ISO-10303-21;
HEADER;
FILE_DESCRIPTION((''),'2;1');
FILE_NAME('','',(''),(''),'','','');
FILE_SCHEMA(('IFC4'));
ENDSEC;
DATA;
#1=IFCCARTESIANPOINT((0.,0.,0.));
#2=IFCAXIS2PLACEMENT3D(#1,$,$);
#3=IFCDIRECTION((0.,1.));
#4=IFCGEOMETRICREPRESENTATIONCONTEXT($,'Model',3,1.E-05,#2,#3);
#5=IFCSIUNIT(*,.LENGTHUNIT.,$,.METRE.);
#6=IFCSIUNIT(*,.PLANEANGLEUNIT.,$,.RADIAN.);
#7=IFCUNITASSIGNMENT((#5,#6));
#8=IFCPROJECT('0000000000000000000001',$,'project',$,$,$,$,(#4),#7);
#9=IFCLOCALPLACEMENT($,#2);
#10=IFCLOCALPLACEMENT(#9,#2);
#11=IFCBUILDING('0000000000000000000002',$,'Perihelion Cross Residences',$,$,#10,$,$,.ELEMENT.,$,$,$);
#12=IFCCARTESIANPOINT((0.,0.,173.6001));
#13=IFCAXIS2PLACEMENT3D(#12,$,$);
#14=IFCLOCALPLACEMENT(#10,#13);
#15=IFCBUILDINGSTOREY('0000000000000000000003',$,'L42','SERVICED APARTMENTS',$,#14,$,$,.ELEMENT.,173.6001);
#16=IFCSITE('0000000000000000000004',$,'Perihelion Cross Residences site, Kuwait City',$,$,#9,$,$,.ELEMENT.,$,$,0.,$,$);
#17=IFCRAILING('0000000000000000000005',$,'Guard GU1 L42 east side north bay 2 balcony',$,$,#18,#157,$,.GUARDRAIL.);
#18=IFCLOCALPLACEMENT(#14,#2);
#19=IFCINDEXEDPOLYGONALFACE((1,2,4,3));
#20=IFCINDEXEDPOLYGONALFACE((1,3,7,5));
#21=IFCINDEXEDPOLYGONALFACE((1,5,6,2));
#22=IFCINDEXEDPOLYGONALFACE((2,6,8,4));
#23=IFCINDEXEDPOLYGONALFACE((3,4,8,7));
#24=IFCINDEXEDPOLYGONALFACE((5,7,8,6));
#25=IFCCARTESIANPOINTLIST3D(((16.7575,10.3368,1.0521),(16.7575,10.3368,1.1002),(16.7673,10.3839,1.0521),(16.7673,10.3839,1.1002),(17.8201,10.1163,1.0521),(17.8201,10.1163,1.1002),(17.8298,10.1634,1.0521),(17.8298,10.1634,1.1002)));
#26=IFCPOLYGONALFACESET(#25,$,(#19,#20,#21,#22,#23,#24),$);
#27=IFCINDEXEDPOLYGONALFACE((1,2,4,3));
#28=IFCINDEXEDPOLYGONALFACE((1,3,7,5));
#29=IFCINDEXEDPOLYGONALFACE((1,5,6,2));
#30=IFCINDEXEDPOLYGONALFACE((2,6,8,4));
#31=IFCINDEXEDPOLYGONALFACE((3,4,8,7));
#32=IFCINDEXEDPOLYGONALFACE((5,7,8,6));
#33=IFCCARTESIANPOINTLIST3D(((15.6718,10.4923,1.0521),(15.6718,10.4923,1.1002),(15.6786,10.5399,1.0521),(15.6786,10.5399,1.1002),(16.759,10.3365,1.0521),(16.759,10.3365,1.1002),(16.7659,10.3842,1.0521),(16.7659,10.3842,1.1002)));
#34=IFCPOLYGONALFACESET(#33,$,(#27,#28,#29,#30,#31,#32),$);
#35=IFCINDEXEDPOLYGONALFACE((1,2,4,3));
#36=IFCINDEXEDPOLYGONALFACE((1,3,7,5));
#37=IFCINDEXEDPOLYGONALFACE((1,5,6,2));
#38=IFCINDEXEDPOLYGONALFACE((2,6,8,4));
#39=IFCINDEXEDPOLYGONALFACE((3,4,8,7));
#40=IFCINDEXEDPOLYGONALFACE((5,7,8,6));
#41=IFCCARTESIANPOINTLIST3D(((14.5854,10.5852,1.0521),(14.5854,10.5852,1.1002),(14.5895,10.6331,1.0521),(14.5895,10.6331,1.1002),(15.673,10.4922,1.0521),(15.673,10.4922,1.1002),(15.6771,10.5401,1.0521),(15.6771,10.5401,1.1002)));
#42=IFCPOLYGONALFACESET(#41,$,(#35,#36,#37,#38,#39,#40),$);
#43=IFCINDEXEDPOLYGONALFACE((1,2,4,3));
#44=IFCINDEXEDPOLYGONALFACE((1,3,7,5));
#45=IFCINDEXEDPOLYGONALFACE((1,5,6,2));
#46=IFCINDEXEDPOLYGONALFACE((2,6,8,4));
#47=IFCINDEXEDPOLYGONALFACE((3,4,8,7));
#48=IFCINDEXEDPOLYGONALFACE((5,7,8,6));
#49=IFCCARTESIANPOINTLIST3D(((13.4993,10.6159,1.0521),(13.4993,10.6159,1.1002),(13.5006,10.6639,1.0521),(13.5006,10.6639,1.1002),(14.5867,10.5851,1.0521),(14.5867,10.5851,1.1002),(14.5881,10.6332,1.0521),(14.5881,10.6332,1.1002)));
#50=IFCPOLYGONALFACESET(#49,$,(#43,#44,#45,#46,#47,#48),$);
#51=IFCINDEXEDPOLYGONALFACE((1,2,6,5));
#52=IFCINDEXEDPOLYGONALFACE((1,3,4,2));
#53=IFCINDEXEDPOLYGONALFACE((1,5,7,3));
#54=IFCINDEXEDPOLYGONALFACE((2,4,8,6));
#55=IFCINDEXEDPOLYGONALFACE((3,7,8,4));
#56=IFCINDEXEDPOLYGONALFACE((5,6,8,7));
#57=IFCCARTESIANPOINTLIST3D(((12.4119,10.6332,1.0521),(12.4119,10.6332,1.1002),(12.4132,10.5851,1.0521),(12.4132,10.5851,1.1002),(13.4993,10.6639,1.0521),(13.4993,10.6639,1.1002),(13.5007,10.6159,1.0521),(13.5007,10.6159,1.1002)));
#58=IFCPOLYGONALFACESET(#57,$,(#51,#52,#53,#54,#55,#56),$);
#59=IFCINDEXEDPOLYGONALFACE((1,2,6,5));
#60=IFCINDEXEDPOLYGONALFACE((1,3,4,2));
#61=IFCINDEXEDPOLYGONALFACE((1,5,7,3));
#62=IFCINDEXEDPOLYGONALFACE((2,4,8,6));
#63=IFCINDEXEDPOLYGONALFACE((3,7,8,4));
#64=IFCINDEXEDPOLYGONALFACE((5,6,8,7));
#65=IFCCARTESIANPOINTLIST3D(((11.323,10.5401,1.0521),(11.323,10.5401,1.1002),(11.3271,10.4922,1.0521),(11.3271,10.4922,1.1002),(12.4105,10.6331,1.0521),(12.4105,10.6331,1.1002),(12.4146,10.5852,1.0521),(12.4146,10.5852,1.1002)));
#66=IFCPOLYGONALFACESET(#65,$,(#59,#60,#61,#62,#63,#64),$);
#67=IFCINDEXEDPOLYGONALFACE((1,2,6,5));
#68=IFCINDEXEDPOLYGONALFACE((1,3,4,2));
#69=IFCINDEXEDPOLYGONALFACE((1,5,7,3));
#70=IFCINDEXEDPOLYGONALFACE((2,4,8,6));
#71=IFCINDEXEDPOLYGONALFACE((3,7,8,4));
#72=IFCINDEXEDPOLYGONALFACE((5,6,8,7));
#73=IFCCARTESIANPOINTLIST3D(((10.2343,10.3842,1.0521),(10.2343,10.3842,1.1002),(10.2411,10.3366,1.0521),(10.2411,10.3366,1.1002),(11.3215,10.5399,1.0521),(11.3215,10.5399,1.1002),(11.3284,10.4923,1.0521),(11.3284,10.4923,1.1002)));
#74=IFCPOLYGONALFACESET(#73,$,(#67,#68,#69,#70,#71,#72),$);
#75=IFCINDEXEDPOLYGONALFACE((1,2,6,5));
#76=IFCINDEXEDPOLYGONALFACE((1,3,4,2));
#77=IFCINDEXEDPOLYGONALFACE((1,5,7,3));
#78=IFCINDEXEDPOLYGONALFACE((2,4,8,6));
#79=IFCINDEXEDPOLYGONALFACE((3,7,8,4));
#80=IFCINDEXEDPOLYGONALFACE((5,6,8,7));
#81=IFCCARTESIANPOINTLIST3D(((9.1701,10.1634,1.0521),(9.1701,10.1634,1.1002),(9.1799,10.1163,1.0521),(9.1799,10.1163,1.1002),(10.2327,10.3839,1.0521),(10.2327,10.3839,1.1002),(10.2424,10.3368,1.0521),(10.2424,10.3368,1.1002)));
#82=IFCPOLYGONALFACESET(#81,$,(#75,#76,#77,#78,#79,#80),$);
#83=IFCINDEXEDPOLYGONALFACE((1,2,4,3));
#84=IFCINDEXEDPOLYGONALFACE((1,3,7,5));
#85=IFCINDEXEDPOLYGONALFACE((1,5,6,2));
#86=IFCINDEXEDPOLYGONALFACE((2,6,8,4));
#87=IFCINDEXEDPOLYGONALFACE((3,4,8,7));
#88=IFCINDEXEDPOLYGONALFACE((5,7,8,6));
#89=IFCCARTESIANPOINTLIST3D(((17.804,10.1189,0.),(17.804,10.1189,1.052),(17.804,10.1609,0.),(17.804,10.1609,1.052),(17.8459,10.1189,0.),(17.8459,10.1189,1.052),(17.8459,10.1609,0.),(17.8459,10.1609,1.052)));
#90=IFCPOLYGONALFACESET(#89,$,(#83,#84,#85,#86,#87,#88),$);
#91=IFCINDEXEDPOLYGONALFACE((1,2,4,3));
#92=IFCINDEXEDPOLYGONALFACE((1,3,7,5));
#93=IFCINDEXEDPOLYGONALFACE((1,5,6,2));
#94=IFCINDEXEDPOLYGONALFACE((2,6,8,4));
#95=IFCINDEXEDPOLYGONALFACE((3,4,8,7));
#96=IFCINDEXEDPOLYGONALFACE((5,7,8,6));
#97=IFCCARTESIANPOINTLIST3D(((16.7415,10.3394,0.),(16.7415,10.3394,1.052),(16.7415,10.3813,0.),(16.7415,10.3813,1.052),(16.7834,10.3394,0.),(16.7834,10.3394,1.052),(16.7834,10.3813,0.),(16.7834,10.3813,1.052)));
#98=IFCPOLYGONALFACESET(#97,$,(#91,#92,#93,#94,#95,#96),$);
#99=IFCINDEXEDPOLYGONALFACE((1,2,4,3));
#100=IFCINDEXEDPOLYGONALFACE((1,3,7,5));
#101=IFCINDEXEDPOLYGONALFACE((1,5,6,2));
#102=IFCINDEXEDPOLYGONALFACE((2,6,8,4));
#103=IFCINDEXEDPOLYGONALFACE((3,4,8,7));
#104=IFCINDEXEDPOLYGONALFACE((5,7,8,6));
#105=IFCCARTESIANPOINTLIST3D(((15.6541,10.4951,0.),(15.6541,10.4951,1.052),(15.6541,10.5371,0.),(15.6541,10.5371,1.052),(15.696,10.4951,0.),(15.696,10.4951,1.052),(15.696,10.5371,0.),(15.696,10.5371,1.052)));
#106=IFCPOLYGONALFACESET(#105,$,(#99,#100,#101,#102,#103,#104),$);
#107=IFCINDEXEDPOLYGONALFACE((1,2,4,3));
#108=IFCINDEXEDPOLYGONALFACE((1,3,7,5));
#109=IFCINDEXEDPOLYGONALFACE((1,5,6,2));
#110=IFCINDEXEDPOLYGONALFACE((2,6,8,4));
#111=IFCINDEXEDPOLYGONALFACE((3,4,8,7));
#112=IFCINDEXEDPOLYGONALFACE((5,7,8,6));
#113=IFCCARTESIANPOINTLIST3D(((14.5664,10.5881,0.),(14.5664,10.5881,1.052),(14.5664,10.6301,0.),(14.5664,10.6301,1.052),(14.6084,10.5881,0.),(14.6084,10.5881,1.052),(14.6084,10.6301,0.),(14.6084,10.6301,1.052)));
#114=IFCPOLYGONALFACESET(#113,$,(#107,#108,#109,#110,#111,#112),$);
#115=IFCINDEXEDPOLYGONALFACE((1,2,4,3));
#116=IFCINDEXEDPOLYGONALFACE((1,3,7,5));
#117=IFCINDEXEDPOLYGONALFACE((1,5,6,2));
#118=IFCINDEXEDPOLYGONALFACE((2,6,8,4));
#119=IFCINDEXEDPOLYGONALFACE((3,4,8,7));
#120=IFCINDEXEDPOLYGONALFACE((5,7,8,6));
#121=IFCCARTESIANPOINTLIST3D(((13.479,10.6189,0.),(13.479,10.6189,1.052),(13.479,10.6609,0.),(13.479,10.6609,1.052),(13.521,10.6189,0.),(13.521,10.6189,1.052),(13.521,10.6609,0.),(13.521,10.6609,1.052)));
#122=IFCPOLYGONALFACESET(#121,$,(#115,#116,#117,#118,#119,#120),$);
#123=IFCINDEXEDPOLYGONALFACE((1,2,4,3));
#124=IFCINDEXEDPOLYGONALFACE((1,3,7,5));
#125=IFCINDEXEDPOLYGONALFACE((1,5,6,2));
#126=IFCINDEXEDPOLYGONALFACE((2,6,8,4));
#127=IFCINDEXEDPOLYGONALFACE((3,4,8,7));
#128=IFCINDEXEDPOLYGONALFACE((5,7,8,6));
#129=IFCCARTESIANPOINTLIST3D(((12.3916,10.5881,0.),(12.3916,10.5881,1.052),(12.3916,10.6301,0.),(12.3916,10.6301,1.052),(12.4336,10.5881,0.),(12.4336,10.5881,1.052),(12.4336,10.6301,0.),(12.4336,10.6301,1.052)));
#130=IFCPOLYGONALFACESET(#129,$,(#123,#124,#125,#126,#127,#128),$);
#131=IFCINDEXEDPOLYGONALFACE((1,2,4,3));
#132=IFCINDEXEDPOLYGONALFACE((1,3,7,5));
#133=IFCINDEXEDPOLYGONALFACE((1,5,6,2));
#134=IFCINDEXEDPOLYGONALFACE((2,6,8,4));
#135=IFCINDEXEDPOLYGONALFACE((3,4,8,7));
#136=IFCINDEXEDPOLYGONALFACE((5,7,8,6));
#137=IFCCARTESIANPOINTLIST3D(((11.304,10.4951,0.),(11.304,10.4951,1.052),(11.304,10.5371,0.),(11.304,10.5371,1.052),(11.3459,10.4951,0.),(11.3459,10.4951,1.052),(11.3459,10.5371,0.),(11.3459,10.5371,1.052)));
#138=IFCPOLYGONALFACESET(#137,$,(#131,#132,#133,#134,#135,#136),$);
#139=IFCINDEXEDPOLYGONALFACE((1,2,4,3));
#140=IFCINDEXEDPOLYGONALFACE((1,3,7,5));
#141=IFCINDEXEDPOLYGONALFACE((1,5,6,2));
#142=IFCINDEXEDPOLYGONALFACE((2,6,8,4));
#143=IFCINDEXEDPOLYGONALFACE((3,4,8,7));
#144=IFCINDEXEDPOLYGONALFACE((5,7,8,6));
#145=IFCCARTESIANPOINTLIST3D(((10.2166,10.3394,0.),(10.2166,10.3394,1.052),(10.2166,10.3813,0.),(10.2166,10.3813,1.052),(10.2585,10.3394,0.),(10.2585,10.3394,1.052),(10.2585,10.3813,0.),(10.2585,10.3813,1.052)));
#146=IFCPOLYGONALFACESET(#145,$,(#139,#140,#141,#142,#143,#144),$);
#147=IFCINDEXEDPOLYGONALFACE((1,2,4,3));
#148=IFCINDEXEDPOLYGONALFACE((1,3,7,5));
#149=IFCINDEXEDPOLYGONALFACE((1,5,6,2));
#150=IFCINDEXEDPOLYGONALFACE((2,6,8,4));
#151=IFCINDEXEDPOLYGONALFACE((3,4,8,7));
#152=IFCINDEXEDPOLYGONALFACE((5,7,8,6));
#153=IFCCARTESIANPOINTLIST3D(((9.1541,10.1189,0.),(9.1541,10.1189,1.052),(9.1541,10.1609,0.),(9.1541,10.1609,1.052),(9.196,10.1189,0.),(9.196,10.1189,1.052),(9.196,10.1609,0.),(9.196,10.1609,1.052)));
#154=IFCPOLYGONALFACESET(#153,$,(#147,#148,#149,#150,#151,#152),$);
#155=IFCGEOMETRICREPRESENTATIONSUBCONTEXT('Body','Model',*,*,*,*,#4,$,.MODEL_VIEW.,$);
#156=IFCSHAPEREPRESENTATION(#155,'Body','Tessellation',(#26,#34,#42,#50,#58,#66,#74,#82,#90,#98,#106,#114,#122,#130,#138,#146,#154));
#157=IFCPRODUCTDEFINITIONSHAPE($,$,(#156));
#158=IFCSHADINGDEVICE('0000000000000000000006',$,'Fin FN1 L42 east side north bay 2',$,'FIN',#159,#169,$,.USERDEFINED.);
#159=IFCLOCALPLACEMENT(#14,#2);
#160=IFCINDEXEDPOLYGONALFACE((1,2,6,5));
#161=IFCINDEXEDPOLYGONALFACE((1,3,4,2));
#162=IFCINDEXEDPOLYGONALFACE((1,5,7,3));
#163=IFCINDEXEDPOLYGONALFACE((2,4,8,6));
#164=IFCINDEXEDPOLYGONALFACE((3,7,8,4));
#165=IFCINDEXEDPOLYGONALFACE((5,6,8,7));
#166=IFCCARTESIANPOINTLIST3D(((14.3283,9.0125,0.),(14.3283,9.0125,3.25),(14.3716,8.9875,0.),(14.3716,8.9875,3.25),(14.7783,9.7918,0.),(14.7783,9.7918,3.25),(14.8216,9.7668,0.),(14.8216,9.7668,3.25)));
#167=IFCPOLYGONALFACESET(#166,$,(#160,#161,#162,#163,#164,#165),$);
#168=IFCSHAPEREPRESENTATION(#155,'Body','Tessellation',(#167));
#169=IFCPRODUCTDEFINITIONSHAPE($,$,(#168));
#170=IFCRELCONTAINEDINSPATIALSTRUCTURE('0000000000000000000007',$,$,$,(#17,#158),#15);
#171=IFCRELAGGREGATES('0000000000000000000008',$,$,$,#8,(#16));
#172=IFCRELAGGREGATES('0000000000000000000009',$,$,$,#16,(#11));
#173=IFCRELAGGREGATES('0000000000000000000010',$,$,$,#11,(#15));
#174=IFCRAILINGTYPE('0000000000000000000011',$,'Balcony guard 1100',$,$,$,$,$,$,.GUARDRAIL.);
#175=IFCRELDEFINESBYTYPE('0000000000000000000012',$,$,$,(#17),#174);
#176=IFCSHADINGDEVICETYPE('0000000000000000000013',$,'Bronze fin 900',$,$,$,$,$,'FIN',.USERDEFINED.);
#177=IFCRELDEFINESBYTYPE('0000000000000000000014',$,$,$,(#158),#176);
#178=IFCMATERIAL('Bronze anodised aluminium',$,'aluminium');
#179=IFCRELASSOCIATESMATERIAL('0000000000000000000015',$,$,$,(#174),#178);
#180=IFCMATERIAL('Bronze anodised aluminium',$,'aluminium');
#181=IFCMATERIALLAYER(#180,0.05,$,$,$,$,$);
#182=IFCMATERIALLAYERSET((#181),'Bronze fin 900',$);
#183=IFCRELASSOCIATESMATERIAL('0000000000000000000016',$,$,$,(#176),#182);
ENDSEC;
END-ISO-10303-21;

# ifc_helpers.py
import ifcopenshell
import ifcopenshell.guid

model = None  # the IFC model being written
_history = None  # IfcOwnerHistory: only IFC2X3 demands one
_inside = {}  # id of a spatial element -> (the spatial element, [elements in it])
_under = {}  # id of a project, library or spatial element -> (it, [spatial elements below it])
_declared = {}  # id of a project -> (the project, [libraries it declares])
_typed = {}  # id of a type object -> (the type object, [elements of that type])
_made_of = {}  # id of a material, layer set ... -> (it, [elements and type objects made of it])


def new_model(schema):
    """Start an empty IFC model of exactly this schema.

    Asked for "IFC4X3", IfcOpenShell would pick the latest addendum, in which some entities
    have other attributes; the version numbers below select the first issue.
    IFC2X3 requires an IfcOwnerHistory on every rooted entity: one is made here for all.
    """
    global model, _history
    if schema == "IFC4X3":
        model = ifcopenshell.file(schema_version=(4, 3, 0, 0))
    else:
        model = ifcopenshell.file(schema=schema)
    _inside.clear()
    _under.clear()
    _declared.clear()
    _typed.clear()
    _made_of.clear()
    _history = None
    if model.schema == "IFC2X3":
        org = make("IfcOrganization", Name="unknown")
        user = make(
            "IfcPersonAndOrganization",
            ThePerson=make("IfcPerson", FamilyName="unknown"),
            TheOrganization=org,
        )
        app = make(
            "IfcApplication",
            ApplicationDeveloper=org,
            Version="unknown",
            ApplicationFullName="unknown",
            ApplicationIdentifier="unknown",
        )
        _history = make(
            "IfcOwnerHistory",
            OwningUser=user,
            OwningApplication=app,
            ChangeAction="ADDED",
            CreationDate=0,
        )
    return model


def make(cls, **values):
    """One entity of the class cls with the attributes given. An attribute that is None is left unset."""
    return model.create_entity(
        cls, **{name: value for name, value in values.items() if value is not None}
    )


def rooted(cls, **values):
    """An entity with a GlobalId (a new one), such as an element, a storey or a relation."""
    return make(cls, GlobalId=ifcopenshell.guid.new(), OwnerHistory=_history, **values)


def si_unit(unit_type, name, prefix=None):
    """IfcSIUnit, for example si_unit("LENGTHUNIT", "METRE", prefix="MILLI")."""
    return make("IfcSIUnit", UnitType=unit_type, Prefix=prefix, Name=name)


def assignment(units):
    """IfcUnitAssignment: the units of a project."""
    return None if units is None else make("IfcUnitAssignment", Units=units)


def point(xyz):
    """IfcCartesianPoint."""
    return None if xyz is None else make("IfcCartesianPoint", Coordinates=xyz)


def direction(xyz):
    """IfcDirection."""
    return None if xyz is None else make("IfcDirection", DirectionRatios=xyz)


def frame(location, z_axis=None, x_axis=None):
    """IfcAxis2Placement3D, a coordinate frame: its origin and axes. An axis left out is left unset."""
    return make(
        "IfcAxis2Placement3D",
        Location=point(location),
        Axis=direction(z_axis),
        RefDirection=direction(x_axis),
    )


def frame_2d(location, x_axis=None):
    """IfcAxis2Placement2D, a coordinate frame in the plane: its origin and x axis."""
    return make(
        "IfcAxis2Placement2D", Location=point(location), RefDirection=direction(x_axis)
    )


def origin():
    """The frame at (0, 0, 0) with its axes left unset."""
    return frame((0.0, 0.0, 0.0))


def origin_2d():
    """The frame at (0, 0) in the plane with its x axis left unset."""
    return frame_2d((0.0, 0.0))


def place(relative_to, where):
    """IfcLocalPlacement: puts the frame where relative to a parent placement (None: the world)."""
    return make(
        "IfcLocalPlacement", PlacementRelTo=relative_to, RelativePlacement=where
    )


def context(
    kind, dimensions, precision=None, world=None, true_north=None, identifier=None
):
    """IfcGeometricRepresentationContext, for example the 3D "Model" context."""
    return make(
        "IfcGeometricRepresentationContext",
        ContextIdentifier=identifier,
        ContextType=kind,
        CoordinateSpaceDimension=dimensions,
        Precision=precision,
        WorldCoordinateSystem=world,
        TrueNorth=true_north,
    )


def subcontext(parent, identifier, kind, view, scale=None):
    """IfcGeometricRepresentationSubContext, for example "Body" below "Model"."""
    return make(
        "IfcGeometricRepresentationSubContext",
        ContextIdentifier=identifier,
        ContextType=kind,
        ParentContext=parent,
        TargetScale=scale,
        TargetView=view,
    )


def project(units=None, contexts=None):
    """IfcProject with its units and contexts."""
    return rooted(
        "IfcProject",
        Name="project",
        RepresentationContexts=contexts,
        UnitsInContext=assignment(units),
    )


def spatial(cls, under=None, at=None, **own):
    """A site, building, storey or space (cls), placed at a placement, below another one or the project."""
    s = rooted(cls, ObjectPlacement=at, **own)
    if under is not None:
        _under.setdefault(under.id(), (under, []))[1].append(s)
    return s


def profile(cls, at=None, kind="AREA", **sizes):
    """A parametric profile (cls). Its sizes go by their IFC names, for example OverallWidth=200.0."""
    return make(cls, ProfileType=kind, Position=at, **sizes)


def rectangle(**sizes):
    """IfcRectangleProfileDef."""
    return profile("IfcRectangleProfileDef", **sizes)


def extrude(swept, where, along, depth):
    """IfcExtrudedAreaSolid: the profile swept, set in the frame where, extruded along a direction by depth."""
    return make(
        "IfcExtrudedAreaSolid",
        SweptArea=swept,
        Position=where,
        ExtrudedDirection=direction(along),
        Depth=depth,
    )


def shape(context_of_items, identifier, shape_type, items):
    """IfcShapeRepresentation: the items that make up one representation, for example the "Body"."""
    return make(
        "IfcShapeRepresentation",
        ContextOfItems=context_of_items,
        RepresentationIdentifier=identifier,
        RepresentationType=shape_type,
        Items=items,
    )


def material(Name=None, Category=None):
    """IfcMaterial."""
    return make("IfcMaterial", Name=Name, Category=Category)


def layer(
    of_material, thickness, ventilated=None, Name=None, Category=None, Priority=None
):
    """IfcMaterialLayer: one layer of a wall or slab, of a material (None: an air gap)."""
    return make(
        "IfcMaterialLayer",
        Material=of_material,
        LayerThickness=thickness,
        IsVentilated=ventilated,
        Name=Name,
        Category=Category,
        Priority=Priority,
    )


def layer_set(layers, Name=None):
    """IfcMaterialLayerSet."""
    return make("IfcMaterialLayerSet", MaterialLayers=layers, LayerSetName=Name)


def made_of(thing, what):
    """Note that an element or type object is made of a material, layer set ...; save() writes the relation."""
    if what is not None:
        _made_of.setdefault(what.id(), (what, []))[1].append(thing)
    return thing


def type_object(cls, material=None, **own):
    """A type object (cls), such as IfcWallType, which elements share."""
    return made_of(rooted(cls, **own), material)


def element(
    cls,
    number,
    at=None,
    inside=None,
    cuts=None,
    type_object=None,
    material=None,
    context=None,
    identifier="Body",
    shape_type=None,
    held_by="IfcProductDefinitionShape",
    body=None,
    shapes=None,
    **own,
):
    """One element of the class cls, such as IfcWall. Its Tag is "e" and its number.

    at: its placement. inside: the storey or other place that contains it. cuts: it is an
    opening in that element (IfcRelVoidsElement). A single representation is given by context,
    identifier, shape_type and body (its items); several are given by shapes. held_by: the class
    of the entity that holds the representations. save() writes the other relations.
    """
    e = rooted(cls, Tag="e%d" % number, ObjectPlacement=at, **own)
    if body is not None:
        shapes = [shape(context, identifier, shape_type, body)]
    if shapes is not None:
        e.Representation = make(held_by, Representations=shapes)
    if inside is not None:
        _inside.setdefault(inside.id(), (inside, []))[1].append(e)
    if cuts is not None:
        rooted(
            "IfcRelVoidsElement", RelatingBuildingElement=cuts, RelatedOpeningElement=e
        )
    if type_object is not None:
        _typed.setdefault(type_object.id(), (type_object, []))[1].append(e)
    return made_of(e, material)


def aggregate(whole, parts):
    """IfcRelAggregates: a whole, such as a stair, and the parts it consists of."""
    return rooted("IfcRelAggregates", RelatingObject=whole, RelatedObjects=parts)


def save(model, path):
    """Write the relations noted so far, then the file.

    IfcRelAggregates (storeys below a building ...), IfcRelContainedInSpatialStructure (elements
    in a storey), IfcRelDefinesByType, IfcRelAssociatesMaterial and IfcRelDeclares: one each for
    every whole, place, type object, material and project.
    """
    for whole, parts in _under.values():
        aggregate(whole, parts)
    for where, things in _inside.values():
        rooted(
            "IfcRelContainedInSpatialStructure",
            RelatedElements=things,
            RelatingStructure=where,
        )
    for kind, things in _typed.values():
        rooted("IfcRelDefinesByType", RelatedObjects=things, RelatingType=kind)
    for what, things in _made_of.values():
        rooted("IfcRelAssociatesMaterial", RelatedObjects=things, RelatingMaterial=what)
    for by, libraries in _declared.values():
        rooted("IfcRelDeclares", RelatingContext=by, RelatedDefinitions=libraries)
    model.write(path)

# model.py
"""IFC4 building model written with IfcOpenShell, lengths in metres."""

from ifc_helpers import new_model, si_unit, direction, frame, origin, origin_2d, place, context, subcontext, project, spatial, rectangle, extrude, material, layer, layer_set, type_object, element, save


model = new_model("IFC4")

# Units and contexts
model_context = context("Model", 3, precision=1e-05, world=origin(), true_north=direction((0.0, 1.0)))
body_context = subcontext(model_context, "Body", "Model", "MODEL_VIEW")
ifc_project = project(units=[si_unit("LENGTHUNIT", "METRE"), si_unit("PLANEANGLEUNIT", "RADIAN")], contexts=[model_context])

# Site, building, storey
site_placement = place(None, origin())
site = spatial("IfcSite", under=ifc_project, at=site_placement, Name="Perihelion Cross Residences site, Kuwait City", CompositionType="ELEMENT", RefElevation=0.0)
building_placement = place(site_placement, origin())
building = spatial("IfcBuilding", under=site, at=building_placement, Name="Perihelion Cross Residences", CompositionType="ELEMENT")
storey_placement = place(building_placement, frame((0.0, 0.0, 173.6001)))
storey = spatial("IfcBuildingStorey", under=building, at=storey_placement, Name="L42", Description="SERVICED APARTMENTS", CompositionType="ELEMENT", Elevation=173.6001)

# Railing
ifc_material_1 = material(Name="Bronze anodised aluminium", Category="aluminium")
railing_type = type_object("IfcRailingType", Name="Balcony guard 1100", PredefinedType="GUARDRAIL", material=ifc_material_1)
railing_placement = place(storey_placement, frame((17.825, 10.1399, 0.0)))
element("IfcRailing", 1, at=railing_placement, inside=storey, type_object=railing_type, Name="Guard GU1 L42 east side north bay 2 balcony", PredefinedType="GUARDRAIL", context=body_context, shape_type="SweptSolid", body=[
    extrude(rectangle(XDim=0.0481, YDim=0.0481, at=origin_2d()), frame((0.0, 0.0, 1.0762), z_axis=(-0.979145, 0.203164, 0.0), x_axis=(-0.203164, -0.979145, 0.0)), (0.0, 0.0, 1.0), 1.0852),
    extrude(rectangle(XDim=0.0481, YDim=0.0481, at=origin_2d()), frame((-1.0625, 0.2205, 1.0762), z_axis=(-0.989896, 0.141795, 0.0), x_axis=(-0.141795, -0.989896, 0.0)), (0.0, 0.0, 1.0), 1.0984),
    extrude(rectangle(XDim=0.0481, YDim=0.0481, at=origin_2d()), frame((-2.1499, 0.3762, 1.0762), z_axis=(-0.996363, 0.085211, 0.0), x_axis=(-0.085211, -0.996363, 0.0)), (0.0, 0.0, 1.0), 1.0916),
    extrude(rectangle(XDim=0.0481, YDim=0.0481, at=origin_2d()), frame((-3.2375, 0.4692, 1.0762), z_axis=(-0.9996, 0.028278, 0.0), x_axis=(-0.028278, -0.9996, 0.0)), (0.0, 0.0, 1.0), 1.0879),
    extrude(rectangle(XDim=0.0481, YDim=0.0481, at=origin_2d()), frame((-4.325, 0.5, 1.0762), z_axis=(-0.9996, -0.028278, 0.0), x_axis=(0.028278, -0.9996, 0.0)), (0.0, 0.0, 1.0), 1.0879),
    extrude(rectangle(XDim=0.0481, YDim=0.0481, at=origin_2d()), frame((-5.4124, 0.4692, 1.0762), z_axis=(-0.996363, -0.085211, 0.0), x_axis=(0.085211, -0.996363, 0.0)), (0.0, 0.0, 1.0), 1.0916),
    extrude(rectangle(XDim=0.0481, YDim=0.0481, at=origin_2d()), frame((-6.5, 0.3762, 1.0762), z_axis=(-0.989896, -0.141795, 0.0), x_axis=(0.141795, -0.989896, 0.0)), (0.0, 0.0, 1.0), 1.0984),
    extrude(rectangle(XDim=0.0481, YDim=0.0481, at=origin_2d()), frame((-7.5874, 0.2205, 1.0762), z_axis=(-0.979145, -0.203164, 0.0), x_axis=(0.203164, -0.979145, 0.0)), (0.0, 0.0, 1.0), 1.0852),
    extrude(rectangle(XDim=0.042, YDim=0.042, at=origin_2d()), origin(), (0.0, 0.0, 1.0), 1.052),
    extrude(rectangle(XDim=0.042, YDim=0.042, at=origin_2d()), frame((-1.0625, 0.2205, 0.0)), (0.0, 0.0, 1.0), 1.052),
    extrude(rectangle(XDim=0.042, YDim=0.042, at=origin_2d()), frame((-2.1499, 0.3762, 0.0)), (0.0, 0.0, 1.0), 1.052),
    extrude(rectangle(XDim=0.042, YDim=0.042, at=origin_2d()), frame((-3.2375, 0.4692, 0.0)), (0.0, 0.0, 1.0), 1.052),
    extrude(rectangle(XDim=0.042, YDim=0.042, at=origin_2d()), frame((-4.325, 0.5, 0.0)), (0.0, 0.0, 1.0), 1.052),
    extrude(rectangle(XDim=0.042, YDim=0.042, at=origin_2d()), frame((-5.4124, 0.4692, 0.0)), (0.0, 0.0, 1.0), 1.052),
    extrude(rectangle(XDim=0.042, YDim=0.042, at=origin_2d()), frame((-6.5, 0.3762, 0.0)), (0.0, 0.0, 1.0), 1.052),
    extrude(rectangle(XDim=0.042, YDim=0.042, at=origin_2d()), frame((-7.5874, 0.2205, 0.0)), (0.0, 0.0, 1.0), 1.052),
    extrude(rectangle(XDim=0.042, YDim=0.042, at=origin_2d()), frame((-8.6499, 0.0, 0.0)), (0.0, 0.0, 1.0), 1.052),
])

# Shading device
ifc_material_2 = material(Name="Bronze anodised aluminium", Category="aluminium")
ifc_layer_1 = layer(ifc_material_2, 0.05)
ifc_layer_set_1 = layer_set([ifc_layer_1], Name="Bronze fin 900")
shading_device_type = type_object("IfcShadingDeviceType", Name="Bronze fin 900", ElementType="FIN", PredefinedType="USERDEFINED", material=ifc_layer_set_1)
shading_device_placement = place(storey_placement, frame((14.575, 9.3896, 0.0), z_axis=(0.0, 0.0, 1.0), x_axis=(0.5, 0.866025, 0.0)))
element("IfcShadingDevice", 2, at=shading_device_placement, inside=storey, type_object=shading_device_type, Name="Fin FN1 L42 east side north bay 2", ObjectType="FIN", PredefinedType="USERDEFINED", context=body_context, shape_type="SweptSolid", body=[
    extrude(rectangle(XDim=0.8999, YDim=0.05, at=origin_2d()), origin(), (0.0, 0.0, 1.0), 3.25),
])

save(model, "model.ifc")
